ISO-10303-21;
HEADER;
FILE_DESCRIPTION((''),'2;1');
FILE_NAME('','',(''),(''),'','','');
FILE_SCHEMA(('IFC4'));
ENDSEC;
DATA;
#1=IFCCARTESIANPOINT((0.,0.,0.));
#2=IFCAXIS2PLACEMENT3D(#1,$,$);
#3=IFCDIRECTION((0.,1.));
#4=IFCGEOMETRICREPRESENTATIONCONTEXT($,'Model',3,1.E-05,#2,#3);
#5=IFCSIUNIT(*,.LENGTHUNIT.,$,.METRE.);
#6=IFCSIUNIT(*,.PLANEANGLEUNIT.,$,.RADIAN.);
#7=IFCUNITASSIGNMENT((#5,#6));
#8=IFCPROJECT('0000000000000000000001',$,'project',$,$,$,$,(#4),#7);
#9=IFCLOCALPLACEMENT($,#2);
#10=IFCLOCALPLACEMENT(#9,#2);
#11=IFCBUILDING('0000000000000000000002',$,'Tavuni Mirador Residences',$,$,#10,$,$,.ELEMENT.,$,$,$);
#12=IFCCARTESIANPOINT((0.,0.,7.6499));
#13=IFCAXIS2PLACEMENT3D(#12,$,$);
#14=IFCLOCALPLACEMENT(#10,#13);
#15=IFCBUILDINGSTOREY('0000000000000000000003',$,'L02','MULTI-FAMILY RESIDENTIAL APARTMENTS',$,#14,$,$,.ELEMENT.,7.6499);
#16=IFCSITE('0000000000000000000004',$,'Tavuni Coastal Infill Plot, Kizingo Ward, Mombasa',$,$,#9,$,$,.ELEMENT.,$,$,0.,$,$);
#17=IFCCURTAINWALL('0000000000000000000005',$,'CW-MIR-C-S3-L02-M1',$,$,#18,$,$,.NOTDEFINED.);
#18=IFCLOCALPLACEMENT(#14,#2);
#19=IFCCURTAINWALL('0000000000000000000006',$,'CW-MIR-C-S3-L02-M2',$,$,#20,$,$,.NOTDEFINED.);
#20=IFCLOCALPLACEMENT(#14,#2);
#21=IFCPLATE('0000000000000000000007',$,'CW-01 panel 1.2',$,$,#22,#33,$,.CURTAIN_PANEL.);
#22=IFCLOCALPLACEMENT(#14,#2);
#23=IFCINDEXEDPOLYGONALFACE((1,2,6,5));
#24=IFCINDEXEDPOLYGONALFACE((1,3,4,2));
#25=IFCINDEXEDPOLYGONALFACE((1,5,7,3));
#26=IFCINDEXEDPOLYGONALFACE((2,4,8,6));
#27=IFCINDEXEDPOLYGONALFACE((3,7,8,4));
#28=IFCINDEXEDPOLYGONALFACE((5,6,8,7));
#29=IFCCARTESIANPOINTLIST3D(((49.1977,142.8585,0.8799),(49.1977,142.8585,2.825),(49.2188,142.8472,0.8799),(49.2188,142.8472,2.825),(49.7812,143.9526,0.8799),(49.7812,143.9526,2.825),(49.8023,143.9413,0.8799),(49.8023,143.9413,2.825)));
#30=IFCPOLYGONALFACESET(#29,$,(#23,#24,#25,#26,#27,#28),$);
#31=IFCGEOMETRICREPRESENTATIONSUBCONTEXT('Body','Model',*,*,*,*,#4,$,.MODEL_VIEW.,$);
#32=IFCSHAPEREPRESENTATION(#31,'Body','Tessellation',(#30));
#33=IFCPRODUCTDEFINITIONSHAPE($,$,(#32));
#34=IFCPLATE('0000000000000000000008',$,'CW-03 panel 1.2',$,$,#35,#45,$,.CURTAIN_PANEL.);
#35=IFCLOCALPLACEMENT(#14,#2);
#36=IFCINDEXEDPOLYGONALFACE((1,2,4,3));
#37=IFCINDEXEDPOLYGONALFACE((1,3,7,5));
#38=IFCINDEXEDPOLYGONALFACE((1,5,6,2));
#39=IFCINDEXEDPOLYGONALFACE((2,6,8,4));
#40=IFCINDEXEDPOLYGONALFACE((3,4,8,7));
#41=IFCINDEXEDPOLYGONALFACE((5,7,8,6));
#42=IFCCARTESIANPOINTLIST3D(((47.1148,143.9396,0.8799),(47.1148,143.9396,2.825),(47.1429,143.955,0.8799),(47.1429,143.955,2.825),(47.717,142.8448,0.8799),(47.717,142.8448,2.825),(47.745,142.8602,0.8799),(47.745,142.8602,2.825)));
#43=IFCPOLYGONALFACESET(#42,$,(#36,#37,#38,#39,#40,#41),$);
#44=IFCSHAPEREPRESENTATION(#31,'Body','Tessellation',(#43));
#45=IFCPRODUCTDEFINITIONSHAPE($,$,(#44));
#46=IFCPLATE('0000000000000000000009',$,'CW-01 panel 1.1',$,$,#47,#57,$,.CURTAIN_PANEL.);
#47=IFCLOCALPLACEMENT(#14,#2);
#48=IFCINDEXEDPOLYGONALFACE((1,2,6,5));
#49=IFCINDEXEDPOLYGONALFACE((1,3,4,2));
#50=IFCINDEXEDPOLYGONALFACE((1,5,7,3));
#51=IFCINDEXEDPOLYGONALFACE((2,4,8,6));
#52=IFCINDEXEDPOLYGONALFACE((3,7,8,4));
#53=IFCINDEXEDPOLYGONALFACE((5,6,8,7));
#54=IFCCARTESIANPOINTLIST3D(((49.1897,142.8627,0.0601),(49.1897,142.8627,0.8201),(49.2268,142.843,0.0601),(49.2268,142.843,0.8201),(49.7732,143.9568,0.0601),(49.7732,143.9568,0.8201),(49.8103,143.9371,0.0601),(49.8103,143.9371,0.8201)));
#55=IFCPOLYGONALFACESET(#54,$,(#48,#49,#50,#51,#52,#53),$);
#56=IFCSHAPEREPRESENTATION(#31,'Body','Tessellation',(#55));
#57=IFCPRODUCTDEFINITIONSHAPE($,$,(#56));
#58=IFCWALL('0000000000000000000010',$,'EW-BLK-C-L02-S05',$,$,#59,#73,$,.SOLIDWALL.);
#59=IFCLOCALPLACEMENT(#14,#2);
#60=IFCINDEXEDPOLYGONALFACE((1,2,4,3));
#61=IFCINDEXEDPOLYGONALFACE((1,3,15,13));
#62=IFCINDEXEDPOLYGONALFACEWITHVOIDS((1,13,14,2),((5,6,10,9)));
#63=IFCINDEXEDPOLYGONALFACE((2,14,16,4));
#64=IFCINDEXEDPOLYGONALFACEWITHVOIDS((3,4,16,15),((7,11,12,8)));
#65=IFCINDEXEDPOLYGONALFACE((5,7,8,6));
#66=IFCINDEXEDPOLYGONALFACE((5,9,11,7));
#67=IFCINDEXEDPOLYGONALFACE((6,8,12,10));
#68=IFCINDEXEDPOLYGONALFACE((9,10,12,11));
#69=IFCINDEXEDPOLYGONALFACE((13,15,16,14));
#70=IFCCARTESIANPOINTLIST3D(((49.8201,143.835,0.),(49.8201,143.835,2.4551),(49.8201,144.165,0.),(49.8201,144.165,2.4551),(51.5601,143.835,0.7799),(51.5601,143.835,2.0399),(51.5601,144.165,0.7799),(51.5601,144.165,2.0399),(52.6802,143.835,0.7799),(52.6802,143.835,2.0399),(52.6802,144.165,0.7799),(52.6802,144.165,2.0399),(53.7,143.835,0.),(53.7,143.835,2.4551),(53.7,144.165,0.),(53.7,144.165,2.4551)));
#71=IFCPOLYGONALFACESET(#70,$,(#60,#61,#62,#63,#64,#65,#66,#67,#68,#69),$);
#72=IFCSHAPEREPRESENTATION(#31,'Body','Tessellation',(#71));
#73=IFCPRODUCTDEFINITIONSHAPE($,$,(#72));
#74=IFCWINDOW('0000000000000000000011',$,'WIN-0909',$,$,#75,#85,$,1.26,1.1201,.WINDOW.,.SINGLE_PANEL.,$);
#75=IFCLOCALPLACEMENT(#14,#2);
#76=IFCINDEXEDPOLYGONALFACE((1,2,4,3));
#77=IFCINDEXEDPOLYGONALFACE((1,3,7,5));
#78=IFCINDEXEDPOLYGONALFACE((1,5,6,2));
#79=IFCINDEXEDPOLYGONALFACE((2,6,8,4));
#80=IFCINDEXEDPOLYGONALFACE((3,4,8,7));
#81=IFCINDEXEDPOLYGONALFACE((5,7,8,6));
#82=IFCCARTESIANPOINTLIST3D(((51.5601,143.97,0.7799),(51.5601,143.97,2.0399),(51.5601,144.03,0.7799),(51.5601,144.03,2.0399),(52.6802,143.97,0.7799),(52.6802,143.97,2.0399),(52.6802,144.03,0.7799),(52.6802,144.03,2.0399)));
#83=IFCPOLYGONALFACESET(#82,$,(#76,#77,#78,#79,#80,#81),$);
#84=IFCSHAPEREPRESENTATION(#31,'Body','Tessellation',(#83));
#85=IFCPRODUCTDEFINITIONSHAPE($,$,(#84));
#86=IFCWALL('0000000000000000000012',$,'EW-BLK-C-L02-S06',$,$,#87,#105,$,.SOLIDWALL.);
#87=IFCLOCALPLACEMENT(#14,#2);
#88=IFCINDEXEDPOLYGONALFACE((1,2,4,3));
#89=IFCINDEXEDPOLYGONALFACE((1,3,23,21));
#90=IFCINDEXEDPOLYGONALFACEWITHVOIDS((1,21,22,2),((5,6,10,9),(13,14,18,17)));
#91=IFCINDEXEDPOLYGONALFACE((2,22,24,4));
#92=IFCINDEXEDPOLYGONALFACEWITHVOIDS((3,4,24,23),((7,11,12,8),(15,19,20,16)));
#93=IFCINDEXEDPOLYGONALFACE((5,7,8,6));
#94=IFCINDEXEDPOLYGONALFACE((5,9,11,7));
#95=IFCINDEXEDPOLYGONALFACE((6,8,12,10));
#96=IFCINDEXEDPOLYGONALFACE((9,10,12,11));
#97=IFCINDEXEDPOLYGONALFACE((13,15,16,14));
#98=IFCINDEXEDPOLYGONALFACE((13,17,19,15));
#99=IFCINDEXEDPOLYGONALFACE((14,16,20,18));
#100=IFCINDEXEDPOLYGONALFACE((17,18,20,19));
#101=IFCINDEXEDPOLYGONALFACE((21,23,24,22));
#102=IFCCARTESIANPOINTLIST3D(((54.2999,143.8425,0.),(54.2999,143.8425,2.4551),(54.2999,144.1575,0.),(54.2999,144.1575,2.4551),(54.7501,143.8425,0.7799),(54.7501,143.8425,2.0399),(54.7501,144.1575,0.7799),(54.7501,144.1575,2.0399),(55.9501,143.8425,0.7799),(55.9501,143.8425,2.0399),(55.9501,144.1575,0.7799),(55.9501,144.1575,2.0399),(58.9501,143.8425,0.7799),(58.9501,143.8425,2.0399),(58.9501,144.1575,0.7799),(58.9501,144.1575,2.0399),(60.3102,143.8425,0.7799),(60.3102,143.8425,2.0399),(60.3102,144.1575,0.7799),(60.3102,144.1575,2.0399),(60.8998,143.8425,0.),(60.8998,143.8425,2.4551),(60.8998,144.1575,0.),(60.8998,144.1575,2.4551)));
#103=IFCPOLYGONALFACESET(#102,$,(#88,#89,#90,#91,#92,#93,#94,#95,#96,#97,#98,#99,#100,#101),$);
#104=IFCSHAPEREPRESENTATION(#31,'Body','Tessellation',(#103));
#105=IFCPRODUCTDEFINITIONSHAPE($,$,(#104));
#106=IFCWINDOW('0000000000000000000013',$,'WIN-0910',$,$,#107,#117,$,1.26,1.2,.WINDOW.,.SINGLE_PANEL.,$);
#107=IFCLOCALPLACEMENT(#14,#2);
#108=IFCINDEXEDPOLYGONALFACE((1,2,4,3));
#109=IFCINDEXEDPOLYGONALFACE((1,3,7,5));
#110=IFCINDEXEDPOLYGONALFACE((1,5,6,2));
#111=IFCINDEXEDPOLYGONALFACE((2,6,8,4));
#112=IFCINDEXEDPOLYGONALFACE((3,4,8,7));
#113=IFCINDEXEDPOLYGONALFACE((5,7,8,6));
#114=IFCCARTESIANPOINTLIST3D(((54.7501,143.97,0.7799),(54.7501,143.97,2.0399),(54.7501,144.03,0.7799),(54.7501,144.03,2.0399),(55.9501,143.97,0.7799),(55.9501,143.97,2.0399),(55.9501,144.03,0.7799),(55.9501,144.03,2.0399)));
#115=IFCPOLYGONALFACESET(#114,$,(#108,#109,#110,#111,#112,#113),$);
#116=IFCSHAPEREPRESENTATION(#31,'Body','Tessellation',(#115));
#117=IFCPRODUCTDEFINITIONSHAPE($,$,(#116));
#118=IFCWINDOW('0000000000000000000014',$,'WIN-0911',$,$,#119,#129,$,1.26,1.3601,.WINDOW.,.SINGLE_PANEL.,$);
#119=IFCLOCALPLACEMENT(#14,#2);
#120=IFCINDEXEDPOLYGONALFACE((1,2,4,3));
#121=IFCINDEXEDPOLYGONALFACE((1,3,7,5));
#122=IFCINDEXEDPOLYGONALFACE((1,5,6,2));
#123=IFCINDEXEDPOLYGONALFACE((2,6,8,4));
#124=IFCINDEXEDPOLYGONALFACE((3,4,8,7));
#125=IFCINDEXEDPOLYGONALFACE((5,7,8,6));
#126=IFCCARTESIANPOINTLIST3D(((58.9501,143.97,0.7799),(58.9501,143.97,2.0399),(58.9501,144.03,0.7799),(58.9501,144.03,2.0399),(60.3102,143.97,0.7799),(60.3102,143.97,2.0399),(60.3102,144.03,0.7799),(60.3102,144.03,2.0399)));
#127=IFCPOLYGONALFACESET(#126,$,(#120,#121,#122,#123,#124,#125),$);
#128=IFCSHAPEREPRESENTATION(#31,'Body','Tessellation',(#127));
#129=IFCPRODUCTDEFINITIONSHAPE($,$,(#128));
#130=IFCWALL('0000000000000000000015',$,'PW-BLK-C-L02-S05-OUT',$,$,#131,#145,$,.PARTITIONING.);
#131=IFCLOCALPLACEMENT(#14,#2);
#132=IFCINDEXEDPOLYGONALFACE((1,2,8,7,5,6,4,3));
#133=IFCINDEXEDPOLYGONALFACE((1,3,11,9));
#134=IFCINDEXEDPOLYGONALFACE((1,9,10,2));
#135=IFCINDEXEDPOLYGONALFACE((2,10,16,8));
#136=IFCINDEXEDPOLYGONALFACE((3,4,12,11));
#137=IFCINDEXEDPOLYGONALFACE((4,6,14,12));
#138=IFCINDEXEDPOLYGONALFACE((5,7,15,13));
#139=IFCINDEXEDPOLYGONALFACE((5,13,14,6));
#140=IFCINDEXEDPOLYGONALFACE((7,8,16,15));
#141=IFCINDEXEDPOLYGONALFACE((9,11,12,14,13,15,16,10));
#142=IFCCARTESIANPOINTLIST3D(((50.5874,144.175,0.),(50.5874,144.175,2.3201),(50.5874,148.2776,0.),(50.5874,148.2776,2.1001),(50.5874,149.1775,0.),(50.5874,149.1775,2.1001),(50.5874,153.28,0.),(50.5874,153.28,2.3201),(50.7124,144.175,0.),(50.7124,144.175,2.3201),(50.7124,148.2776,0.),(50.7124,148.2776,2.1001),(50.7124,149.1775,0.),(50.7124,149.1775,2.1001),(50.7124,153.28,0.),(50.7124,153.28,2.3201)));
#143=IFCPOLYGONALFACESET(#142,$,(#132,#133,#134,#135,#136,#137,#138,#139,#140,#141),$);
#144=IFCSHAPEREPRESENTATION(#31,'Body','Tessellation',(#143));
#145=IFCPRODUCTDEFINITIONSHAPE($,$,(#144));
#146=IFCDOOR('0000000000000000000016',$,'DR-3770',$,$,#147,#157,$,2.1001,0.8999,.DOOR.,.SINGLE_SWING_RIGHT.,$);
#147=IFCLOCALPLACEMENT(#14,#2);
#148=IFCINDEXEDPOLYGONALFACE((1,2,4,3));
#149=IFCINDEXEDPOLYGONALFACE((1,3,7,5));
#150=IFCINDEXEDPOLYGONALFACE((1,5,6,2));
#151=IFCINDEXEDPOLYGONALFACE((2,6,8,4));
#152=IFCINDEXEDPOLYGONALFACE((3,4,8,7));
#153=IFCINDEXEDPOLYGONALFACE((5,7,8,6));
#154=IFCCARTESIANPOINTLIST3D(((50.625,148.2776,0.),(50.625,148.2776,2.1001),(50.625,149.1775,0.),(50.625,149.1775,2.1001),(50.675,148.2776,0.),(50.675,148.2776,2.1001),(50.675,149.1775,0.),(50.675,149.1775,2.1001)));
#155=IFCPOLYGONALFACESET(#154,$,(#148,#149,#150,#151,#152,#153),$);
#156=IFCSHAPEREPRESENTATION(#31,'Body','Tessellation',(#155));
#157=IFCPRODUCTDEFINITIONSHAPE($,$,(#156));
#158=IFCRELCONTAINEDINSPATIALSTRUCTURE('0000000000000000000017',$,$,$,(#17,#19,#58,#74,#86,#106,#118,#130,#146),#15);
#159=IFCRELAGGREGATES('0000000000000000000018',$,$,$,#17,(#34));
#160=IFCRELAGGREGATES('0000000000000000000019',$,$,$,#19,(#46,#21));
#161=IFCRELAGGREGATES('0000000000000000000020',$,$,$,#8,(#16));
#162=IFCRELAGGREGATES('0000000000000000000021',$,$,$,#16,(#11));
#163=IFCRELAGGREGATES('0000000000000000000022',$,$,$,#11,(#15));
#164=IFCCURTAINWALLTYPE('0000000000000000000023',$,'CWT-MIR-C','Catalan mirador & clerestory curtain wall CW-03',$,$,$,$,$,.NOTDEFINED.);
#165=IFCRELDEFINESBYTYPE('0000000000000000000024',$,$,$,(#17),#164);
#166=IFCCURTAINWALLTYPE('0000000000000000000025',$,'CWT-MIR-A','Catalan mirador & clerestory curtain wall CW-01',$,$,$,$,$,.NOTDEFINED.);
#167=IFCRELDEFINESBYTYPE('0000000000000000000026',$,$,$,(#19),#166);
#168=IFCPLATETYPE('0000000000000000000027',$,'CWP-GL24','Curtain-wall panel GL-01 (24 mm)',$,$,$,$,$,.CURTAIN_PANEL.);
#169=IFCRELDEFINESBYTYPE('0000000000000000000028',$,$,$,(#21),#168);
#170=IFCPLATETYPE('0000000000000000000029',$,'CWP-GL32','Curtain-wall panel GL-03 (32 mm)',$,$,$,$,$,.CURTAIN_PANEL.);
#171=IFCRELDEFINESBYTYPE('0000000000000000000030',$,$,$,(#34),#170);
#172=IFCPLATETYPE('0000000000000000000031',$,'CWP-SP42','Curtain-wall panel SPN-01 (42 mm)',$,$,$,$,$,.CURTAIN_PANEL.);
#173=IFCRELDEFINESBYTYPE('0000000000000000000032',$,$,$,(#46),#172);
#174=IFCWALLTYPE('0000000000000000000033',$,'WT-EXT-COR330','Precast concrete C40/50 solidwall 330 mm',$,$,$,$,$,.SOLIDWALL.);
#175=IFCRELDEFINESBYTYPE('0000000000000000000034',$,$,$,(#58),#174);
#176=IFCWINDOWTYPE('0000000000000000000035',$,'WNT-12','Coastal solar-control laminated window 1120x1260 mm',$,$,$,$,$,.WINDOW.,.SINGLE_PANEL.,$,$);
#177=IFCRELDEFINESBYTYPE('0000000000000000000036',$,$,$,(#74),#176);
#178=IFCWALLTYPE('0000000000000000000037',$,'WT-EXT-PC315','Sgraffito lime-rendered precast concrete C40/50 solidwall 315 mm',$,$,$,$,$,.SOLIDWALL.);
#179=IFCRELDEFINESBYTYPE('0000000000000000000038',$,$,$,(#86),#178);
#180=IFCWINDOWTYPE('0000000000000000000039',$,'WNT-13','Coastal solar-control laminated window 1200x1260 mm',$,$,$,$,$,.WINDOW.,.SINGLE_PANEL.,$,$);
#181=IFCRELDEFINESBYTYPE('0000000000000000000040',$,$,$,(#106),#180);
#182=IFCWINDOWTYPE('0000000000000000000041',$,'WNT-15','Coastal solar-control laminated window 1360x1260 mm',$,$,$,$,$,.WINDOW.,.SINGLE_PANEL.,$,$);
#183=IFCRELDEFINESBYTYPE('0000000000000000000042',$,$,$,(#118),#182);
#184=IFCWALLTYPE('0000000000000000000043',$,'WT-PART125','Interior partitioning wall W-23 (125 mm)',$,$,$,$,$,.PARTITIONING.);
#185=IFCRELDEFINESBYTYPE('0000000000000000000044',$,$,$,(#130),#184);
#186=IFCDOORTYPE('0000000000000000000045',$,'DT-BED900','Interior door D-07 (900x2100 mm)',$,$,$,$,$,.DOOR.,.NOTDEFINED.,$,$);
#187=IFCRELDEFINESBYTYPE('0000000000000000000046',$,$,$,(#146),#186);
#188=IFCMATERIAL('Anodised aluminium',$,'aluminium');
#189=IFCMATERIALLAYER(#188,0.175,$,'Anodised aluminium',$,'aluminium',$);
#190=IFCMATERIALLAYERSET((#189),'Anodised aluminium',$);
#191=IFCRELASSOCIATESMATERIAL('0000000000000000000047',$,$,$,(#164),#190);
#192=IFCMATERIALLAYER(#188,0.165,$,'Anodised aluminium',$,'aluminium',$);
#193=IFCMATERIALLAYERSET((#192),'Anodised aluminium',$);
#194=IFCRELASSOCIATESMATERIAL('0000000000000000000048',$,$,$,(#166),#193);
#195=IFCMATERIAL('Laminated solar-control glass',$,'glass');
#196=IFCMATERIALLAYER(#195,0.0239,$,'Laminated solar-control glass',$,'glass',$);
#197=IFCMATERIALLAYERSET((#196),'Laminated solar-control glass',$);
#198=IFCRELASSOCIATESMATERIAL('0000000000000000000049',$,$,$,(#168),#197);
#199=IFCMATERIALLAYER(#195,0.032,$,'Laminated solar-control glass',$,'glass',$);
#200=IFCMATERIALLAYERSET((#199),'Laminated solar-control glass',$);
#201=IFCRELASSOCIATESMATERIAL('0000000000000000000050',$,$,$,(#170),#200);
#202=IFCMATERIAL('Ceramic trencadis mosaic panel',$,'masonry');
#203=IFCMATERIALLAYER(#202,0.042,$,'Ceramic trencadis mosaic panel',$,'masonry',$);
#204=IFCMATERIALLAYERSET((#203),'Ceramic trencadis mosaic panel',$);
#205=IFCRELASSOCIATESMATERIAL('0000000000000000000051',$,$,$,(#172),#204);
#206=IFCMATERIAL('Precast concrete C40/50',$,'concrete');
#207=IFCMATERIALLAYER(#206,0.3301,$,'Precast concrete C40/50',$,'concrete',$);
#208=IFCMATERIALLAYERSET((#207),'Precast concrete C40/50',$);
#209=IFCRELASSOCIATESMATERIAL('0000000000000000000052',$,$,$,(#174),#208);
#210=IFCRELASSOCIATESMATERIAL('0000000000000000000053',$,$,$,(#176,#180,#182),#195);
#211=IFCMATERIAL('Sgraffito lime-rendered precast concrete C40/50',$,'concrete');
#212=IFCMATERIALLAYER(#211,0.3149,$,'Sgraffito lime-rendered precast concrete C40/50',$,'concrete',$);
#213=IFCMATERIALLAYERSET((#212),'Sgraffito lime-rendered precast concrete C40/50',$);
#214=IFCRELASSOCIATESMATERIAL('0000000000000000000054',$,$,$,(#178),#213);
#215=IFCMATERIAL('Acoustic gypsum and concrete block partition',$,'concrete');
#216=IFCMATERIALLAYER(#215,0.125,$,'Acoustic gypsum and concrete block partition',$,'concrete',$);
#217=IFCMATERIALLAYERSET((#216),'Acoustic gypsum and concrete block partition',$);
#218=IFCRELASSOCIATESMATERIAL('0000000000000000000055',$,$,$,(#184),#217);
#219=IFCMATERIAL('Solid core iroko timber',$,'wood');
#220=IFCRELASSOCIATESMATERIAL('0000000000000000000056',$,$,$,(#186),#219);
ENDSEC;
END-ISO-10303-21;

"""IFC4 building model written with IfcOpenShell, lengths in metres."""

from ifc_helpers import new_model, si_unit, direction, frame, frame_2d, origin, origin_2d, place, context, subcontext, project, spatial, rectangle, extrude, material, layer, layer_set, type_object, element, fill, aggregate, save


model = new_model("IFC4")

# Units and contexts
model_context = context("Model", 3, precision=1e-05, world=origin(), true_north=direction((0.0, 1.0)))
body_context = subcontext(model_context, "Body", "Model", "MODEL_VIEW")
ifc_project = project(units=[si_unit("LENGTHUNIT", "METRE"), si_unit("PLANEANGLEUNIT", "RADIAN")], contexts=[model_context])

# Site, building, storey
site_placement = place(None, origin())
site = spatial("IfcSite", under=ifc_project, at=site_placement, Name="Tavuni Coastal Infill Plot, Kizingo Ward, Mombasa", CompositionType="ELEMENT", RefElevation=0.0)
building_placement = place(site_placement, origin())
building = spatial("IfcBuilding", under=site, at=building_placement, Name="Tavuni Mirador Residences", CompositionType="ELEMENT")
storey_placement = place(building_placement, frame((0.0, 0.0, 7.6499)))
storey = spatial("IfcBuildingStorey", under=building, at=storey_placement, Name="L02", Description="MULTI-FAMILY RESIDENTIAL APARTMENTS", CompositionType="ELEMENT", Elevation=7.6499)

# Shared definitions
ifc_material_1 = material(Name="Precast concrete C40/50", Category="concrete")

# Curtain walls
ifc_material_2 = material(Name="Anodised aluminium", Category="aluminium")
ifc_layer_1 = layer(ifc_material_2, 0.175, Name="Anodised aluminium", Category="aluminium")
ifc_layer_set_1 = layer_set([ifc_layer_1], Name="Anodised aluminium")
curtain_wall_type_1 = type_object("IfcCurtainWallType", Name="CWT-MIR-C", Description="Catalan mirador & clerestory curtain wall CW-03", PredefinedType="NOTDEFINED", material=ifc_layer_set_1)
curtain_wall_1_placement = place(storey_placement, origin())
curtain_wall_1 = element("IfcCurtainWall", 1, at=curtain_wall_1_placement, inside=storey, type_object=curtain_wall_type_1, Name="CW-MIR-C-S3-L02-M1", PredefinedType="NOTDEFINED")
ifc_layer_2 = layer(ifc_material_2, 0.165, Name="Anodised aluminium", Category="aluminium")
ifc_layer_set_2 = layer_set([ifc_layer_2], Name="Anodised aluminium")
curtain_wall_type_2 = type_object("IfcCurtainWallType", Name="CWT-MIR-A", Description="Catalan mirador & clerestory curtain wall CW-01", PredefinedType="NOTDEFINED", material=ifc_layer_set_2)
curtain_wall_2_placement = place(storey_placement, origin())
curtain_wall_2 = element("IfcCurtainWall", 2, at=curtain_wall_2_placement, inside=storey, type_object=curtain_wall_type_2, Name="CW-MIR-C-S3-L02-M2", PredefinedType="NOTDEFINED")

# Plates
ifc_material_3 = material(Name="Laminated solar-control glass", Category="glass")
ifc_layer_3 = layer(ifc_material_3, 0.0239, Name="Laminated solar-control glass", Category="glass")
ifc_layer_set_3 = layer_set([ifc_layer_3], Name="Laminated solar-control glass")
plate_type_1 = type_object("IfcPlateType", Name="CWP-GL24", Description="Curtain-wall panel GL-01 (24 mm)", PredefinedType="CURTAIN_PANEL", material=ifc_layer_set_3)
plate_1_placement = place(storey_placement, frame((49.5, 143.3999, 0.8799), z_axis=(0.0, 0.0, 1.0), x_axis=(0.470588, 0.882353, 0.0)))
plate_1 = element("IfcPlate", 3, at=plate_1_placement, type_object=plate_type_1, Name="CW-01 panel 1.2", PredefinedType="CURTAIN_PANEL", context=body_context, shape_type="SweptSolid", body=[
    extrude(rectangle(XDim=1.24, YDim=0.0239, at=origin_2d()), origin(), (0.0, 0.0, 1.0), 1.9451),
])
ifc_layer_4 = layer(ifc_material_3, 0.032, Name="Laminated solar-control glass", Category="glass")
ifc_layer_set_4 = layer_set([ifc_layer_4], Name="Laminated solar-control glass")
plate_type_2 = type_object("IfcPlateType", Name="CWP-GL32", Description="Curtain-wall panel GL-03 (32 mm)", PredefinedType="CURTAIN_PANEL", material=ifc_layer_set_4)
plate_2_placement = place(storey_placement, frame((47.4299, 143.3999, 0.8799), z_axis=(0.0, 0.0, 1.0), x_axis=(0.481919, -0.876216, 0.0)))
plate_2 = element("IfcPlate", 4, at=plate_2_placement, type_object=plate_type_2, Name="CW-03 panel 1.2", PredefinedType="CURTAIN_PANEL", context=body_context, shape_type="SweptSolid", body=[
    extrude(rectangle(XDim=1.2495, YDim=0.032, at=origin_2d()), origin(), (0.0, 0.0, 1.0), 1.9451),
])
aggregate(curtain_wall_1, [plate_2])
ifc_material_4 = material(Name="Ceramic trencadis mosaic panel", Category="masonry")
ifc_layer_5 = layer(ifc_material_4, 0.042, Name="Ceramic trencadis mosaic panel", Category="masonry")
ifc_layer_set_5 = layer_set([ifc_layer_5], Name="Ceramic trencadis mosaic panel")
plate_type_3 = type_object("IfcPlateType", Name="CWP-SP42", Description="Curtain-wall panel SPN-01 (42 mm)", PredefinedType="CURTAIN_PANEL", material=ifc_layer_set_5)
plate_3_placement = place(storey_placement, frame((49.5, 143.3999, 0.0601), z_axis=(0.0, 0.0, 1.0), x_axis=(0.470588, 0.882353, 0.0)))
plate_3 = element("IfcPlate", 5, at=plate_3_placement, type_object=plate_type_3, Name="CW-01 panel 1.1", PredefinedType="CURTAIN_PANEL", context=body_context, shape_type="SweptSolid", body=[
    extrude(rectangle(XDim=1.24, YDim=0.042, at=origin_2d()), origin(), (0.0, 0.0, 1.0), 0.76),
])
aggregate(curtain_wall_2, [plate_3, plate_1])

# Wall, opening, window
ifc_layer_6 = layer(ifc_material_1, 0.3301, Name="Precast concrete C40/50", Category="concrete")
ifc_layer_set_6 = layer_set([ifc_layer_6], Name="Precast concrete C40/50")
wall_type_1 = type_object("IfcWallType", Name="WT-EXT-COR330", Description="Precast concrete C40/50 solidwall 330 mm", PredefinedType="SOLIDWALL", material=ifc_layer_set_6)
wall_1_placement = place(storey_placement, frame((49.8201, 144.0, 0.0), z_axis=(0.0, 0.0, 1.0), x_axis=(1.0, 0.0, 0.0)))
wall_1 = element("IfcWall", 6, at=wall_1_placement, inside=storey, type_object=wall_type_1, Name="EW-BLK-C-L02-S05", PredefinedType="SOLIDWALL", context=body_context, shape_type="SweptSolid", body=[
    extrude(rectangle(XDim=3.8799, YDim=0.3301, at=frame_2d((1.9399, 0.0))), origin(), (0.0, 0.0, 1.0), 2.4551),
])
opening_1_placement = place(wall_1_placement, frame((1.74, 0.0, 0.78)))
opening_1 = element("IfcOpeningElement", 7, at=opening_1_placement, cuts=wall_1, PredefinedType="OPENING", context=body_context, shape_type="SweptSolid", body=[
    extrude(rectangle(XDim=1.1201, YDim=1.26, at=frame_2d((0.5601, 0.6299))), frame((0.0, 0.175, 0.0), z_axis=(0.0, -1.0, 0.0), x_axis=(1.0, 0.0, 0.0)), (0.0, 0.0, 1.0), 0.3501),
])
window_type_1 = type_object("IfcWindowType", Name="WNT-12", Description="Coastal solar-control laminated window 1120x1260 mm", PartitioningType="SINGLE_PANEL", PredefinedType="WINDOW", material=ifc_material_3)
window_1_placement = place(opening_1_placement, origin())
window_1 = element("IfcWindow", 8, at=window_1_placement, inside=storey, type_object=window_type_1, Name="WIN-0909", OverallHeight=1.26, OverallWidth=1.1201, PartitioningType="SINGLE_PANEL", PredefinedType="WINDOW", context=body_context, shape_type="SweptSolid", body=[
    extrude(rectangle(XDim=1.1201, YDim=1.26, at=frame_2d((0.5601, 0.6299))), frame((0.0, 0.03, 0.0), z_axis=(0.0, -1.0, 0.0), x_axis=(1.0, 0.0, 0.0)), (0.0, 0.0, 1.0), 0.0601),
])
fill(opening_1, window_1)

# Wall, openings, windows
ifc_material_5 = material(Name="Sgraffito lime-rendered precast concrete C40/50", Category="concrete")
ifc_layer_7 = layer(ifc_material_5, 0.3149, Name="Sgraffito lime-rendered precast concrete C40/50", Category="concrete")
ifc_layer_set_7 = layer_set([ifc_layer_7], Name="Sgraffito lime-rendered precast concrete C40/50")
wall_type_2 = type_object("IfcWallType", Name="WT-EXT-PC315", Description="Sgraffito lime-rendered precast concrete C40/50 solidwall 315 mm", PredefinedType="SOLIDWALL", material=ifc_layer_set_7)
wall_2_placement = place(storey_placement, frame((54.3, 144.0, 0.0), z_axis=(0.0, 0.0, 1.0), x_axis=(1.0, 0.0, 0.0)))
wall_2 = element("IfcWall", 9, at=wall_2_placement, inside=storey, type_object=wall_type_2, Name="EW-BLK-C-L02-S06", PredefinedType="SOLIDWALL", context=body_context, shape_type="SweptSolid", body=[
    extrude(rectangle(XDim=6.5999, YDim=0.3149, at=frame_2d((3.2998, 0.0))), origin(), (0.0, 0.0, 1.0), 2.4551),
])
opening_2_placement = place(wall_2_placement, frame((0.45, 0.0, 0.78)))
opening_2 = element("IfcOpeningElement", 10, at=opening_2_placement, cuts=wall_2, PredefinedType="OPENING", context=body_context, shape_type="SweptSolid", body=[
    extrude(rectangle(XDim=1.2, YDim=1.26, at=frame_2d((0.6001, 0.6299))), frame((0.0, 0.1675, 0.0), z_axis=(0.0, -1.0, 0.0), x_axis=(1.0, 0.0, 0.0)), (0.0, 0.0, 1.0), 0.335),
])
opening_3_placement = place(wall_2_placement, frame((4.6499, 0.0, 0.78)))
opening_3 = element("IfcOpeningElement", 11, at=opening_3_placement, cuts=wall_2, PredefinedType="OPENING", context=body_context, shape_type="SweptSolid", body=[
    extrude(rectangle(XDim=1.3601, YDim=1.26, at=frame_2d((0.6802, 0.6299))), frame((0.0, 0.1675, 0.0), z_axis=(0.0, -1.0, 0.0), x_axis=(1.0, 0.0, 0.0)), (0.0, 0.0, 1.0), 0.335),
])
window_type_2 = type_object("IfcWindowType", Name="WNT-13", Description="Coastal solar-control laminated window 1200x1260 mm", PartitioningType="SINGLE_PANEL", PredefinedType="WINDOW", material=ifc_material_3)
window_2_placement = place(opening_2_placement, origin())
window_2 = element("IfcWindow", 12, at=window_2_placement, inside=storey, type_object=window_type_2, Name="WIN-0910", OverallHeight=1.26, OverallWidth=1.2, PartitioningType="SINGLE_PANEL", PredefinedType="WINDOW", context=body_context, shape_type="SweptSolid", body=[
    extrude(rectangle(XDim=1.2, YDim=1.26, at=frame_2d((0.6001, 0.6299))), frame((0.0, 0.03, 0.0), z_axis=(0.0, -1.0, 0.0), x_axis=(1.0, 0.0, 0.0)), (0.0, 0.0, 1.0), 0.0601),
])
fill(opening_2, window_2)
window_type_3 = type_object("IfcWindowType", Name="WNT-15", Description="Coastal solar-control laminated window 1360x1260 mm", PartitioningType="SINGLE_PANEL", PredefinedType="WINDOW", material=ifc_material_3)
window_3_placement = place(opening_3_placement, origin())
window_3 = element("IfcWindow", 13, at=window_3_placement, inside=storey, type_object=window_type_3, Name="WIN-0911", OverallHeight=1.26, OverallWidth=1.3601, PartitioningType="SINGLE_PANEL", PredefinedType="WINDOW", context=body_context, shape_type="SweptSolid", body=[
    extrude(rectangle(XDim=1.3601, YDim=1.26, at=frame_2d((0.6802, 0.6299))), frame((0.0, 0.03, 0.0), z_axis=(0.0, -1.0, 0.0), x_axis=(1.0, 0.0, 0.0)), (0.0, 0.0, 1.0), 0.0601),
])
fill(opening_3, window_3)

# Wall, opening, door
ifc_material_6 = material(Name="Acoustic gypsum and concrete block partition", Category="concrete")
ifc_layer_8 = layer(ifc_material_6, 0.125, Name="Acoustic gypsum and concrete block partition", Category="concrete")
ifc_layer_set_8 = layer_set([ifc_layer_8], Name="Acoustic gypsum and concrete block partition")
wall_type_3 = type_object("IfcWallType", Name="WT-PART125", Description="Interior partitioning wall W-23 (125 mm)", PredefinedType="PARTITIONING", material=ifc_layer_set_8)
wall_3_placement = place(storey_placement, frame((50.6499, 144.175, 0.0), z_axis=(0.0, 0.0, 1.0), x_axis=(0.0, 1.0, 0.0)))
wall_3 = element("IfcWall", 14, at=wall_3_placement, inside=storey, type_object=wall_type_3, Name="PW-BLK-C-L02-S05-OUT", PredefinedType="PARTITIONING", context=body_context, shape_type="SweptSolid", body=[
    extrude(rectangle(XDim=9.105, YDim=0.125, at=frame_2d((4.5525, 0.0))), origin(), (0.0, 0.0, 1.0), 2.3201),
])
opening_4_placement = place(wall_3_placement, frame((4.1025, 0.0, 0.0)))
opening_4 = element("IfcOpeningElement", 15, at=opening_4_placement, cuts=wall_3, PredefinedType="OPENING", context=body_context, shape_type="SweptSolid", body=[
    extrude(rectangle(XDim=0.8999, YDim=2.1001, at=frame_2d((0.45, 1.05))), frame((0.0, 0.0725, 0.0), z_axis=(0.0, -1.0, 0.0), x_axis=(1.0, 0.0, 0.0)), (0.0, 0.0, 1.0), 0.145),
])
ifc_material_7 = material(Name="Solid core iroko timber", Category="wood")
door_type = type_object("IfcDoorType", Name="DT-BED900", Description="Interior door D-07 (900x2100 mm)", OperationType="NOTDEFINED", PredefinedType="DOOR", material=ifc_material_7)
door_placement = place(opening_4_placement, origin())
door = element("IfcDoor", 16, at=door_placement, inside=storey, type_object=door_type, Name="DR-3770", OperationType="SINGLE_SWING_RIGHT", OverallHeight=2.1001, OverallWidth=0.8999, PredefinedType="DOOR", context=body_context, shape_type="SweptSolid", body=[
    extrude(rectangle(XDim=0.8999, YDim=2.1001, at=frame_2d((0.45, 1.05))), frame((0.0, 0.0249, 0.0), z_axis=(0.0, -1.0, 0.0), x_axis=(1.0, 0.0, 0.0)), (0.0, 0.0, 1.0), 0.05),
])
fill(opening_4, door)

save(model, "model.ifc")
